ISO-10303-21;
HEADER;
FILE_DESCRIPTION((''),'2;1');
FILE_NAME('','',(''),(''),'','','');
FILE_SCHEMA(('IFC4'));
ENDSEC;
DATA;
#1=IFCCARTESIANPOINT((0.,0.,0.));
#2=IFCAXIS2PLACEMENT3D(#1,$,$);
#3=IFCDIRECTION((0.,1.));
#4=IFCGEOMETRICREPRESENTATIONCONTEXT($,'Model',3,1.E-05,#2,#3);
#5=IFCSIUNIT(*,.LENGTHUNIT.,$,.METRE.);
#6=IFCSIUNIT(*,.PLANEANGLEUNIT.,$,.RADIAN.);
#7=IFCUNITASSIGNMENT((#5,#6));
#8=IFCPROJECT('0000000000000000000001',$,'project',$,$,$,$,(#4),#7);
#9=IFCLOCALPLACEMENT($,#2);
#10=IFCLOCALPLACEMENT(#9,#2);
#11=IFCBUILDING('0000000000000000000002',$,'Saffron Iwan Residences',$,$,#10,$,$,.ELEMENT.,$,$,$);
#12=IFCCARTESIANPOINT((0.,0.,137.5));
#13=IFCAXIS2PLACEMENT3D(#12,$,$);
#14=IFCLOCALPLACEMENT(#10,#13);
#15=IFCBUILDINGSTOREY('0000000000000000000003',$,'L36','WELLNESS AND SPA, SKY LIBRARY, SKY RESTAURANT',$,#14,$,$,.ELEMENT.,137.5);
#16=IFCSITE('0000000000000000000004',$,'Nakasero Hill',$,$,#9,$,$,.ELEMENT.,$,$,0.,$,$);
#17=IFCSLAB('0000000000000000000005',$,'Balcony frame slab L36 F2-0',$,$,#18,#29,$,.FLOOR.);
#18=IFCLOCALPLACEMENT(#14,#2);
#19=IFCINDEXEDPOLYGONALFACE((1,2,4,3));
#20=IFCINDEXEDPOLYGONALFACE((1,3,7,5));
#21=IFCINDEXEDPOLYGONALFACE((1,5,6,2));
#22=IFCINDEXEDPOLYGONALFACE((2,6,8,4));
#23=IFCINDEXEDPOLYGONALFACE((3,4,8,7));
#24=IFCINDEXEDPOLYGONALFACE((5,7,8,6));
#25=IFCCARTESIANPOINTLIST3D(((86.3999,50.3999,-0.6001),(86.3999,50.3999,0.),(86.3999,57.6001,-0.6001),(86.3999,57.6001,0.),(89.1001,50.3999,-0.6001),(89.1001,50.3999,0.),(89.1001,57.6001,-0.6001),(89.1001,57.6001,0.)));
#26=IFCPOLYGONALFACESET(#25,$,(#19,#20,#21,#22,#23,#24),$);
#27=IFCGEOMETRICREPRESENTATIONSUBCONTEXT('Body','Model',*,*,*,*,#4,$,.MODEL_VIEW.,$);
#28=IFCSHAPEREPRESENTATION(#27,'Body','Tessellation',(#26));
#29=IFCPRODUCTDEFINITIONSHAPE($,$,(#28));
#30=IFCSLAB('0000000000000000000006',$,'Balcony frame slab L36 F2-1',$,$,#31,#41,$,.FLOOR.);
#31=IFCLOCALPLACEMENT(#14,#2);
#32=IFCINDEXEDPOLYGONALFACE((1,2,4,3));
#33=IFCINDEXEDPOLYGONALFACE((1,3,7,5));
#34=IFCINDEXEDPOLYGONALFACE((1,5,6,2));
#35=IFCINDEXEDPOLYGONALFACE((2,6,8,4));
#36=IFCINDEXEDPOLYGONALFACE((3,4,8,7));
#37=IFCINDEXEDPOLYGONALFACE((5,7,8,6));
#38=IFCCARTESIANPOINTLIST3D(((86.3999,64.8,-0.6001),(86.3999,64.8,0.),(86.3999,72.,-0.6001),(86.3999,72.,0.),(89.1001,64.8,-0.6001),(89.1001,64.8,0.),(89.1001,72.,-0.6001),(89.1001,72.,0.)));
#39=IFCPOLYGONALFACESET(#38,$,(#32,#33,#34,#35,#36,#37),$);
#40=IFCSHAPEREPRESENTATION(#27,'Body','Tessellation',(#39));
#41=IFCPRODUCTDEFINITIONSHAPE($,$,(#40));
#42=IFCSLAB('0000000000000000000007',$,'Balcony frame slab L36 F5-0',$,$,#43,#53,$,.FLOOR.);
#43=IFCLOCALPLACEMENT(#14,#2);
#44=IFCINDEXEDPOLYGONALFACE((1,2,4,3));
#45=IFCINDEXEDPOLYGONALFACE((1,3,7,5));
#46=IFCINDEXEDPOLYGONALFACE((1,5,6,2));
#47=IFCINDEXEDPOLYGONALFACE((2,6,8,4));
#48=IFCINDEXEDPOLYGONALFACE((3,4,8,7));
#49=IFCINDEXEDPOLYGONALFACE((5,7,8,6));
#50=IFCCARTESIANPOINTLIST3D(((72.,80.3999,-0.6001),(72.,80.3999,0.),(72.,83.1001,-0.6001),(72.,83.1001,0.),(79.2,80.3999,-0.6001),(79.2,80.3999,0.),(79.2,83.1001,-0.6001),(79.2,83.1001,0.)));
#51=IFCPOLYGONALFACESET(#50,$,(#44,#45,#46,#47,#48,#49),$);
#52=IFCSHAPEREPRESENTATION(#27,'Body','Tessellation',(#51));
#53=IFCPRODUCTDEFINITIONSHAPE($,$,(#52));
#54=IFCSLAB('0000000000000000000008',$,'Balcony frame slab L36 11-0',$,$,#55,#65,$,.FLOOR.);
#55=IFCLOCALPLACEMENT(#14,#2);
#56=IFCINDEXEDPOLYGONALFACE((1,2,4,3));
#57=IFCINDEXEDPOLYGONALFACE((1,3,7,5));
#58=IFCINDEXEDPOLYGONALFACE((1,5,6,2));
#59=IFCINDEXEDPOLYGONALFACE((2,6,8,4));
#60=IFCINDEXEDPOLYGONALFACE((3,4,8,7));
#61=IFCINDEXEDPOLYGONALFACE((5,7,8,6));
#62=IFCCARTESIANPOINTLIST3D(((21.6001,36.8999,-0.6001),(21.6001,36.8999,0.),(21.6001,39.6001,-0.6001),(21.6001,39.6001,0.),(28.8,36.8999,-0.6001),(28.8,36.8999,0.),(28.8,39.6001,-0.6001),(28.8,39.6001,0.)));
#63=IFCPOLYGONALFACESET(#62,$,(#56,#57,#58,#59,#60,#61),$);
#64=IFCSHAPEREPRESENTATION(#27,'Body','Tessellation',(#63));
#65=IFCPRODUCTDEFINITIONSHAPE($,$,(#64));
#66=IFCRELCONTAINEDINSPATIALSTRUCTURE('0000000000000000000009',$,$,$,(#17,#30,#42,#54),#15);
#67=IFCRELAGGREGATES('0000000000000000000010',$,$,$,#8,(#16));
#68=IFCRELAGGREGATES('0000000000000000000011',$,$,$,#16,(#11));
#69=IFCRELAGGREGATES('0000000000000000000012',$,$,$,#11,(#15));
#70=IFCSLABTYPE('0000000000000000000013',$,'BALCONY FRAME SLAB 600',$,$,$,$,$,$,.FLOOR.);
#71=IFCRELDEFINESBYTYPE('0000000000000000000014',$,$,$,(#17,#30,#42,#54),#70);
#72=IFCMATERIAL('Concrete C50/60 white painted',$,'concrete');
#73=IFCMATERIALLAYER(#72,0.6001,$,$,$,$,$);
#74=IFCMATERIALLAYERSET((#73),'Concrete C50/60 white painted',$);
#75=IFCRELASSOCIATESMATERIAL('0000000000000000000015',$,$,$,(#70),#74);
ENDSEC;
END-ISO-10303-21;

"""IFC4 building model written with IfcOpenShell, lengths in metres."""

from ifc_helpers import new_model, si_unit, direction, frame, origin, place, context, subcontext, project, spatial, polyline, outline, extrude, material, layer, layer_set, type_object, element, save


model = new_model("IFC4")

# Units and contexts
model_context = context("Model", 3, precision=1e-05, world=origin(), true_north=direction((0.0, 1.0)))
body_context = subcontext(model_context, "Body", "Model", "MODEL_VIEW")
ifc_project = project(units=[si_unit("LENGTHUNIT", "METRE"), si_unit("PLANEANGLEUNIT", "RADIAN")], contexts=[model_context])

# Site, building, storey
site_placement = place(None, origin())
site = spatial("IfcSite", under=ifc_project, at=site_placement, Name="Nakasero Hill", CompositionType="ELEMENT", RefElevation=0.0)
building_placement = place(site_placement, origin())
building = spatial("IfcBuilding", under=site, at=building_placement, Name="Saffron Iwan Residences", CompositionType="ELEMENT")
storey_placement = place(building_placement, frame((0.0, 0.0, 137.5)))
storey = spatial("IfcBuildingStorey", under=building, at=storey_placement, Name="L36", Description="WELLNESS AND SPA, SKY LIBRARY, SKY RESTAURANT", CompositionType="ELEMENT", Elevation=137.5)

# Slabs
ifc_material_1 = material(Name="Concrete C50/60 white painted", Category="concrete")
ifc_layer_1 = layer(ifc_material_1, 0.6001)
ifc_layer_set_1 = layer_set([ifc_layer_1], Name="Concrete C50/60 white painted")
slab_type_1 = type_object("IfcSlabType", Name="BALCONY FRAME SLAB 600", PredefinedType="FLOOR", material=ifc_layer_set_1)
slab_1_placement = place(storey_placement, frame((0.0, 0.0, -0.6001)))
element("IfcSlab", 1, at=slab_1_placement, inside=storey, type_object=slab_type_1, Name="Balcony frame slab L36 F2-0", PredefinedType="FLOOR", context=body_context, shape_type="SweptSolid", body=[
    extrude(outline(polyline([(89.1001, 50.3999), (89.1001, 57.6001), (86.3999, 57.6001), (86.3999, 50.3999), (89.1001, 50.3999)])), origin(), (0.0, 0.0, 1.0), 0.6001),
])
slab_2_placement = place(storey_placement, frame((0.0, 0.0, -0.6001)))
element("IfcSlab", 2, at=slab_2_placement, inside=storey, type_object=slab_type_1, Name="Balcony frame slab L36 F2-1", PredefinedType="FLOOR", context=body_context, shape_type="SweptSolid", body=[
    extrude(outline(polyline([(89.1001, 64.8), (89.1001, 72.0), (86.3999, 72.0), (86.3999, 64.8), (89.1001, 64.8)])), origin(), (0.0, 0.0, 1.0), 0.6001),
])
slab_3_placement = place(storey_placement, frame((0.0, 0.0, -0.6001)))
element("IfcSlab", 3, at=slab_3_placement, inside=storey, type_object=slab_type_1, Name="Balcony frame slab L36 F5-0", PredefinedType="FLOOR", context=body_context, shape_type="SweptSolid", body=[
    extrude(outline(polyline([(79.2, 83.1001), (72.0, 83.1001), (72.0, 80.3999), (79.2, 80.3999), (79.2, 83.1001)])), origin(), (0.0, 0.0, 1.0), 0.6001),
])
slab_4_placement = place(storey_placement, frame((0.0, 0.0, -0.6001)))
element("IfcSlab", 4, at=slab_4_placement, inside=storey, type_object=slab_type_1, Name="Balcony frame slab L36 11-0", PredefinedType="FLOOR", context=body_context, shape_type="SweptSolid", body=[
    extrude(outline(polyline([(21.6001, 36.8999), (28.8, 36.8999), (28.8, 39.6001), (21.6001, 39.6001), (21.6001, 36.8999)])), origin(), (0.0, 0.0, 1.0), 0.6001),
])

save(model, "model.ifc")
